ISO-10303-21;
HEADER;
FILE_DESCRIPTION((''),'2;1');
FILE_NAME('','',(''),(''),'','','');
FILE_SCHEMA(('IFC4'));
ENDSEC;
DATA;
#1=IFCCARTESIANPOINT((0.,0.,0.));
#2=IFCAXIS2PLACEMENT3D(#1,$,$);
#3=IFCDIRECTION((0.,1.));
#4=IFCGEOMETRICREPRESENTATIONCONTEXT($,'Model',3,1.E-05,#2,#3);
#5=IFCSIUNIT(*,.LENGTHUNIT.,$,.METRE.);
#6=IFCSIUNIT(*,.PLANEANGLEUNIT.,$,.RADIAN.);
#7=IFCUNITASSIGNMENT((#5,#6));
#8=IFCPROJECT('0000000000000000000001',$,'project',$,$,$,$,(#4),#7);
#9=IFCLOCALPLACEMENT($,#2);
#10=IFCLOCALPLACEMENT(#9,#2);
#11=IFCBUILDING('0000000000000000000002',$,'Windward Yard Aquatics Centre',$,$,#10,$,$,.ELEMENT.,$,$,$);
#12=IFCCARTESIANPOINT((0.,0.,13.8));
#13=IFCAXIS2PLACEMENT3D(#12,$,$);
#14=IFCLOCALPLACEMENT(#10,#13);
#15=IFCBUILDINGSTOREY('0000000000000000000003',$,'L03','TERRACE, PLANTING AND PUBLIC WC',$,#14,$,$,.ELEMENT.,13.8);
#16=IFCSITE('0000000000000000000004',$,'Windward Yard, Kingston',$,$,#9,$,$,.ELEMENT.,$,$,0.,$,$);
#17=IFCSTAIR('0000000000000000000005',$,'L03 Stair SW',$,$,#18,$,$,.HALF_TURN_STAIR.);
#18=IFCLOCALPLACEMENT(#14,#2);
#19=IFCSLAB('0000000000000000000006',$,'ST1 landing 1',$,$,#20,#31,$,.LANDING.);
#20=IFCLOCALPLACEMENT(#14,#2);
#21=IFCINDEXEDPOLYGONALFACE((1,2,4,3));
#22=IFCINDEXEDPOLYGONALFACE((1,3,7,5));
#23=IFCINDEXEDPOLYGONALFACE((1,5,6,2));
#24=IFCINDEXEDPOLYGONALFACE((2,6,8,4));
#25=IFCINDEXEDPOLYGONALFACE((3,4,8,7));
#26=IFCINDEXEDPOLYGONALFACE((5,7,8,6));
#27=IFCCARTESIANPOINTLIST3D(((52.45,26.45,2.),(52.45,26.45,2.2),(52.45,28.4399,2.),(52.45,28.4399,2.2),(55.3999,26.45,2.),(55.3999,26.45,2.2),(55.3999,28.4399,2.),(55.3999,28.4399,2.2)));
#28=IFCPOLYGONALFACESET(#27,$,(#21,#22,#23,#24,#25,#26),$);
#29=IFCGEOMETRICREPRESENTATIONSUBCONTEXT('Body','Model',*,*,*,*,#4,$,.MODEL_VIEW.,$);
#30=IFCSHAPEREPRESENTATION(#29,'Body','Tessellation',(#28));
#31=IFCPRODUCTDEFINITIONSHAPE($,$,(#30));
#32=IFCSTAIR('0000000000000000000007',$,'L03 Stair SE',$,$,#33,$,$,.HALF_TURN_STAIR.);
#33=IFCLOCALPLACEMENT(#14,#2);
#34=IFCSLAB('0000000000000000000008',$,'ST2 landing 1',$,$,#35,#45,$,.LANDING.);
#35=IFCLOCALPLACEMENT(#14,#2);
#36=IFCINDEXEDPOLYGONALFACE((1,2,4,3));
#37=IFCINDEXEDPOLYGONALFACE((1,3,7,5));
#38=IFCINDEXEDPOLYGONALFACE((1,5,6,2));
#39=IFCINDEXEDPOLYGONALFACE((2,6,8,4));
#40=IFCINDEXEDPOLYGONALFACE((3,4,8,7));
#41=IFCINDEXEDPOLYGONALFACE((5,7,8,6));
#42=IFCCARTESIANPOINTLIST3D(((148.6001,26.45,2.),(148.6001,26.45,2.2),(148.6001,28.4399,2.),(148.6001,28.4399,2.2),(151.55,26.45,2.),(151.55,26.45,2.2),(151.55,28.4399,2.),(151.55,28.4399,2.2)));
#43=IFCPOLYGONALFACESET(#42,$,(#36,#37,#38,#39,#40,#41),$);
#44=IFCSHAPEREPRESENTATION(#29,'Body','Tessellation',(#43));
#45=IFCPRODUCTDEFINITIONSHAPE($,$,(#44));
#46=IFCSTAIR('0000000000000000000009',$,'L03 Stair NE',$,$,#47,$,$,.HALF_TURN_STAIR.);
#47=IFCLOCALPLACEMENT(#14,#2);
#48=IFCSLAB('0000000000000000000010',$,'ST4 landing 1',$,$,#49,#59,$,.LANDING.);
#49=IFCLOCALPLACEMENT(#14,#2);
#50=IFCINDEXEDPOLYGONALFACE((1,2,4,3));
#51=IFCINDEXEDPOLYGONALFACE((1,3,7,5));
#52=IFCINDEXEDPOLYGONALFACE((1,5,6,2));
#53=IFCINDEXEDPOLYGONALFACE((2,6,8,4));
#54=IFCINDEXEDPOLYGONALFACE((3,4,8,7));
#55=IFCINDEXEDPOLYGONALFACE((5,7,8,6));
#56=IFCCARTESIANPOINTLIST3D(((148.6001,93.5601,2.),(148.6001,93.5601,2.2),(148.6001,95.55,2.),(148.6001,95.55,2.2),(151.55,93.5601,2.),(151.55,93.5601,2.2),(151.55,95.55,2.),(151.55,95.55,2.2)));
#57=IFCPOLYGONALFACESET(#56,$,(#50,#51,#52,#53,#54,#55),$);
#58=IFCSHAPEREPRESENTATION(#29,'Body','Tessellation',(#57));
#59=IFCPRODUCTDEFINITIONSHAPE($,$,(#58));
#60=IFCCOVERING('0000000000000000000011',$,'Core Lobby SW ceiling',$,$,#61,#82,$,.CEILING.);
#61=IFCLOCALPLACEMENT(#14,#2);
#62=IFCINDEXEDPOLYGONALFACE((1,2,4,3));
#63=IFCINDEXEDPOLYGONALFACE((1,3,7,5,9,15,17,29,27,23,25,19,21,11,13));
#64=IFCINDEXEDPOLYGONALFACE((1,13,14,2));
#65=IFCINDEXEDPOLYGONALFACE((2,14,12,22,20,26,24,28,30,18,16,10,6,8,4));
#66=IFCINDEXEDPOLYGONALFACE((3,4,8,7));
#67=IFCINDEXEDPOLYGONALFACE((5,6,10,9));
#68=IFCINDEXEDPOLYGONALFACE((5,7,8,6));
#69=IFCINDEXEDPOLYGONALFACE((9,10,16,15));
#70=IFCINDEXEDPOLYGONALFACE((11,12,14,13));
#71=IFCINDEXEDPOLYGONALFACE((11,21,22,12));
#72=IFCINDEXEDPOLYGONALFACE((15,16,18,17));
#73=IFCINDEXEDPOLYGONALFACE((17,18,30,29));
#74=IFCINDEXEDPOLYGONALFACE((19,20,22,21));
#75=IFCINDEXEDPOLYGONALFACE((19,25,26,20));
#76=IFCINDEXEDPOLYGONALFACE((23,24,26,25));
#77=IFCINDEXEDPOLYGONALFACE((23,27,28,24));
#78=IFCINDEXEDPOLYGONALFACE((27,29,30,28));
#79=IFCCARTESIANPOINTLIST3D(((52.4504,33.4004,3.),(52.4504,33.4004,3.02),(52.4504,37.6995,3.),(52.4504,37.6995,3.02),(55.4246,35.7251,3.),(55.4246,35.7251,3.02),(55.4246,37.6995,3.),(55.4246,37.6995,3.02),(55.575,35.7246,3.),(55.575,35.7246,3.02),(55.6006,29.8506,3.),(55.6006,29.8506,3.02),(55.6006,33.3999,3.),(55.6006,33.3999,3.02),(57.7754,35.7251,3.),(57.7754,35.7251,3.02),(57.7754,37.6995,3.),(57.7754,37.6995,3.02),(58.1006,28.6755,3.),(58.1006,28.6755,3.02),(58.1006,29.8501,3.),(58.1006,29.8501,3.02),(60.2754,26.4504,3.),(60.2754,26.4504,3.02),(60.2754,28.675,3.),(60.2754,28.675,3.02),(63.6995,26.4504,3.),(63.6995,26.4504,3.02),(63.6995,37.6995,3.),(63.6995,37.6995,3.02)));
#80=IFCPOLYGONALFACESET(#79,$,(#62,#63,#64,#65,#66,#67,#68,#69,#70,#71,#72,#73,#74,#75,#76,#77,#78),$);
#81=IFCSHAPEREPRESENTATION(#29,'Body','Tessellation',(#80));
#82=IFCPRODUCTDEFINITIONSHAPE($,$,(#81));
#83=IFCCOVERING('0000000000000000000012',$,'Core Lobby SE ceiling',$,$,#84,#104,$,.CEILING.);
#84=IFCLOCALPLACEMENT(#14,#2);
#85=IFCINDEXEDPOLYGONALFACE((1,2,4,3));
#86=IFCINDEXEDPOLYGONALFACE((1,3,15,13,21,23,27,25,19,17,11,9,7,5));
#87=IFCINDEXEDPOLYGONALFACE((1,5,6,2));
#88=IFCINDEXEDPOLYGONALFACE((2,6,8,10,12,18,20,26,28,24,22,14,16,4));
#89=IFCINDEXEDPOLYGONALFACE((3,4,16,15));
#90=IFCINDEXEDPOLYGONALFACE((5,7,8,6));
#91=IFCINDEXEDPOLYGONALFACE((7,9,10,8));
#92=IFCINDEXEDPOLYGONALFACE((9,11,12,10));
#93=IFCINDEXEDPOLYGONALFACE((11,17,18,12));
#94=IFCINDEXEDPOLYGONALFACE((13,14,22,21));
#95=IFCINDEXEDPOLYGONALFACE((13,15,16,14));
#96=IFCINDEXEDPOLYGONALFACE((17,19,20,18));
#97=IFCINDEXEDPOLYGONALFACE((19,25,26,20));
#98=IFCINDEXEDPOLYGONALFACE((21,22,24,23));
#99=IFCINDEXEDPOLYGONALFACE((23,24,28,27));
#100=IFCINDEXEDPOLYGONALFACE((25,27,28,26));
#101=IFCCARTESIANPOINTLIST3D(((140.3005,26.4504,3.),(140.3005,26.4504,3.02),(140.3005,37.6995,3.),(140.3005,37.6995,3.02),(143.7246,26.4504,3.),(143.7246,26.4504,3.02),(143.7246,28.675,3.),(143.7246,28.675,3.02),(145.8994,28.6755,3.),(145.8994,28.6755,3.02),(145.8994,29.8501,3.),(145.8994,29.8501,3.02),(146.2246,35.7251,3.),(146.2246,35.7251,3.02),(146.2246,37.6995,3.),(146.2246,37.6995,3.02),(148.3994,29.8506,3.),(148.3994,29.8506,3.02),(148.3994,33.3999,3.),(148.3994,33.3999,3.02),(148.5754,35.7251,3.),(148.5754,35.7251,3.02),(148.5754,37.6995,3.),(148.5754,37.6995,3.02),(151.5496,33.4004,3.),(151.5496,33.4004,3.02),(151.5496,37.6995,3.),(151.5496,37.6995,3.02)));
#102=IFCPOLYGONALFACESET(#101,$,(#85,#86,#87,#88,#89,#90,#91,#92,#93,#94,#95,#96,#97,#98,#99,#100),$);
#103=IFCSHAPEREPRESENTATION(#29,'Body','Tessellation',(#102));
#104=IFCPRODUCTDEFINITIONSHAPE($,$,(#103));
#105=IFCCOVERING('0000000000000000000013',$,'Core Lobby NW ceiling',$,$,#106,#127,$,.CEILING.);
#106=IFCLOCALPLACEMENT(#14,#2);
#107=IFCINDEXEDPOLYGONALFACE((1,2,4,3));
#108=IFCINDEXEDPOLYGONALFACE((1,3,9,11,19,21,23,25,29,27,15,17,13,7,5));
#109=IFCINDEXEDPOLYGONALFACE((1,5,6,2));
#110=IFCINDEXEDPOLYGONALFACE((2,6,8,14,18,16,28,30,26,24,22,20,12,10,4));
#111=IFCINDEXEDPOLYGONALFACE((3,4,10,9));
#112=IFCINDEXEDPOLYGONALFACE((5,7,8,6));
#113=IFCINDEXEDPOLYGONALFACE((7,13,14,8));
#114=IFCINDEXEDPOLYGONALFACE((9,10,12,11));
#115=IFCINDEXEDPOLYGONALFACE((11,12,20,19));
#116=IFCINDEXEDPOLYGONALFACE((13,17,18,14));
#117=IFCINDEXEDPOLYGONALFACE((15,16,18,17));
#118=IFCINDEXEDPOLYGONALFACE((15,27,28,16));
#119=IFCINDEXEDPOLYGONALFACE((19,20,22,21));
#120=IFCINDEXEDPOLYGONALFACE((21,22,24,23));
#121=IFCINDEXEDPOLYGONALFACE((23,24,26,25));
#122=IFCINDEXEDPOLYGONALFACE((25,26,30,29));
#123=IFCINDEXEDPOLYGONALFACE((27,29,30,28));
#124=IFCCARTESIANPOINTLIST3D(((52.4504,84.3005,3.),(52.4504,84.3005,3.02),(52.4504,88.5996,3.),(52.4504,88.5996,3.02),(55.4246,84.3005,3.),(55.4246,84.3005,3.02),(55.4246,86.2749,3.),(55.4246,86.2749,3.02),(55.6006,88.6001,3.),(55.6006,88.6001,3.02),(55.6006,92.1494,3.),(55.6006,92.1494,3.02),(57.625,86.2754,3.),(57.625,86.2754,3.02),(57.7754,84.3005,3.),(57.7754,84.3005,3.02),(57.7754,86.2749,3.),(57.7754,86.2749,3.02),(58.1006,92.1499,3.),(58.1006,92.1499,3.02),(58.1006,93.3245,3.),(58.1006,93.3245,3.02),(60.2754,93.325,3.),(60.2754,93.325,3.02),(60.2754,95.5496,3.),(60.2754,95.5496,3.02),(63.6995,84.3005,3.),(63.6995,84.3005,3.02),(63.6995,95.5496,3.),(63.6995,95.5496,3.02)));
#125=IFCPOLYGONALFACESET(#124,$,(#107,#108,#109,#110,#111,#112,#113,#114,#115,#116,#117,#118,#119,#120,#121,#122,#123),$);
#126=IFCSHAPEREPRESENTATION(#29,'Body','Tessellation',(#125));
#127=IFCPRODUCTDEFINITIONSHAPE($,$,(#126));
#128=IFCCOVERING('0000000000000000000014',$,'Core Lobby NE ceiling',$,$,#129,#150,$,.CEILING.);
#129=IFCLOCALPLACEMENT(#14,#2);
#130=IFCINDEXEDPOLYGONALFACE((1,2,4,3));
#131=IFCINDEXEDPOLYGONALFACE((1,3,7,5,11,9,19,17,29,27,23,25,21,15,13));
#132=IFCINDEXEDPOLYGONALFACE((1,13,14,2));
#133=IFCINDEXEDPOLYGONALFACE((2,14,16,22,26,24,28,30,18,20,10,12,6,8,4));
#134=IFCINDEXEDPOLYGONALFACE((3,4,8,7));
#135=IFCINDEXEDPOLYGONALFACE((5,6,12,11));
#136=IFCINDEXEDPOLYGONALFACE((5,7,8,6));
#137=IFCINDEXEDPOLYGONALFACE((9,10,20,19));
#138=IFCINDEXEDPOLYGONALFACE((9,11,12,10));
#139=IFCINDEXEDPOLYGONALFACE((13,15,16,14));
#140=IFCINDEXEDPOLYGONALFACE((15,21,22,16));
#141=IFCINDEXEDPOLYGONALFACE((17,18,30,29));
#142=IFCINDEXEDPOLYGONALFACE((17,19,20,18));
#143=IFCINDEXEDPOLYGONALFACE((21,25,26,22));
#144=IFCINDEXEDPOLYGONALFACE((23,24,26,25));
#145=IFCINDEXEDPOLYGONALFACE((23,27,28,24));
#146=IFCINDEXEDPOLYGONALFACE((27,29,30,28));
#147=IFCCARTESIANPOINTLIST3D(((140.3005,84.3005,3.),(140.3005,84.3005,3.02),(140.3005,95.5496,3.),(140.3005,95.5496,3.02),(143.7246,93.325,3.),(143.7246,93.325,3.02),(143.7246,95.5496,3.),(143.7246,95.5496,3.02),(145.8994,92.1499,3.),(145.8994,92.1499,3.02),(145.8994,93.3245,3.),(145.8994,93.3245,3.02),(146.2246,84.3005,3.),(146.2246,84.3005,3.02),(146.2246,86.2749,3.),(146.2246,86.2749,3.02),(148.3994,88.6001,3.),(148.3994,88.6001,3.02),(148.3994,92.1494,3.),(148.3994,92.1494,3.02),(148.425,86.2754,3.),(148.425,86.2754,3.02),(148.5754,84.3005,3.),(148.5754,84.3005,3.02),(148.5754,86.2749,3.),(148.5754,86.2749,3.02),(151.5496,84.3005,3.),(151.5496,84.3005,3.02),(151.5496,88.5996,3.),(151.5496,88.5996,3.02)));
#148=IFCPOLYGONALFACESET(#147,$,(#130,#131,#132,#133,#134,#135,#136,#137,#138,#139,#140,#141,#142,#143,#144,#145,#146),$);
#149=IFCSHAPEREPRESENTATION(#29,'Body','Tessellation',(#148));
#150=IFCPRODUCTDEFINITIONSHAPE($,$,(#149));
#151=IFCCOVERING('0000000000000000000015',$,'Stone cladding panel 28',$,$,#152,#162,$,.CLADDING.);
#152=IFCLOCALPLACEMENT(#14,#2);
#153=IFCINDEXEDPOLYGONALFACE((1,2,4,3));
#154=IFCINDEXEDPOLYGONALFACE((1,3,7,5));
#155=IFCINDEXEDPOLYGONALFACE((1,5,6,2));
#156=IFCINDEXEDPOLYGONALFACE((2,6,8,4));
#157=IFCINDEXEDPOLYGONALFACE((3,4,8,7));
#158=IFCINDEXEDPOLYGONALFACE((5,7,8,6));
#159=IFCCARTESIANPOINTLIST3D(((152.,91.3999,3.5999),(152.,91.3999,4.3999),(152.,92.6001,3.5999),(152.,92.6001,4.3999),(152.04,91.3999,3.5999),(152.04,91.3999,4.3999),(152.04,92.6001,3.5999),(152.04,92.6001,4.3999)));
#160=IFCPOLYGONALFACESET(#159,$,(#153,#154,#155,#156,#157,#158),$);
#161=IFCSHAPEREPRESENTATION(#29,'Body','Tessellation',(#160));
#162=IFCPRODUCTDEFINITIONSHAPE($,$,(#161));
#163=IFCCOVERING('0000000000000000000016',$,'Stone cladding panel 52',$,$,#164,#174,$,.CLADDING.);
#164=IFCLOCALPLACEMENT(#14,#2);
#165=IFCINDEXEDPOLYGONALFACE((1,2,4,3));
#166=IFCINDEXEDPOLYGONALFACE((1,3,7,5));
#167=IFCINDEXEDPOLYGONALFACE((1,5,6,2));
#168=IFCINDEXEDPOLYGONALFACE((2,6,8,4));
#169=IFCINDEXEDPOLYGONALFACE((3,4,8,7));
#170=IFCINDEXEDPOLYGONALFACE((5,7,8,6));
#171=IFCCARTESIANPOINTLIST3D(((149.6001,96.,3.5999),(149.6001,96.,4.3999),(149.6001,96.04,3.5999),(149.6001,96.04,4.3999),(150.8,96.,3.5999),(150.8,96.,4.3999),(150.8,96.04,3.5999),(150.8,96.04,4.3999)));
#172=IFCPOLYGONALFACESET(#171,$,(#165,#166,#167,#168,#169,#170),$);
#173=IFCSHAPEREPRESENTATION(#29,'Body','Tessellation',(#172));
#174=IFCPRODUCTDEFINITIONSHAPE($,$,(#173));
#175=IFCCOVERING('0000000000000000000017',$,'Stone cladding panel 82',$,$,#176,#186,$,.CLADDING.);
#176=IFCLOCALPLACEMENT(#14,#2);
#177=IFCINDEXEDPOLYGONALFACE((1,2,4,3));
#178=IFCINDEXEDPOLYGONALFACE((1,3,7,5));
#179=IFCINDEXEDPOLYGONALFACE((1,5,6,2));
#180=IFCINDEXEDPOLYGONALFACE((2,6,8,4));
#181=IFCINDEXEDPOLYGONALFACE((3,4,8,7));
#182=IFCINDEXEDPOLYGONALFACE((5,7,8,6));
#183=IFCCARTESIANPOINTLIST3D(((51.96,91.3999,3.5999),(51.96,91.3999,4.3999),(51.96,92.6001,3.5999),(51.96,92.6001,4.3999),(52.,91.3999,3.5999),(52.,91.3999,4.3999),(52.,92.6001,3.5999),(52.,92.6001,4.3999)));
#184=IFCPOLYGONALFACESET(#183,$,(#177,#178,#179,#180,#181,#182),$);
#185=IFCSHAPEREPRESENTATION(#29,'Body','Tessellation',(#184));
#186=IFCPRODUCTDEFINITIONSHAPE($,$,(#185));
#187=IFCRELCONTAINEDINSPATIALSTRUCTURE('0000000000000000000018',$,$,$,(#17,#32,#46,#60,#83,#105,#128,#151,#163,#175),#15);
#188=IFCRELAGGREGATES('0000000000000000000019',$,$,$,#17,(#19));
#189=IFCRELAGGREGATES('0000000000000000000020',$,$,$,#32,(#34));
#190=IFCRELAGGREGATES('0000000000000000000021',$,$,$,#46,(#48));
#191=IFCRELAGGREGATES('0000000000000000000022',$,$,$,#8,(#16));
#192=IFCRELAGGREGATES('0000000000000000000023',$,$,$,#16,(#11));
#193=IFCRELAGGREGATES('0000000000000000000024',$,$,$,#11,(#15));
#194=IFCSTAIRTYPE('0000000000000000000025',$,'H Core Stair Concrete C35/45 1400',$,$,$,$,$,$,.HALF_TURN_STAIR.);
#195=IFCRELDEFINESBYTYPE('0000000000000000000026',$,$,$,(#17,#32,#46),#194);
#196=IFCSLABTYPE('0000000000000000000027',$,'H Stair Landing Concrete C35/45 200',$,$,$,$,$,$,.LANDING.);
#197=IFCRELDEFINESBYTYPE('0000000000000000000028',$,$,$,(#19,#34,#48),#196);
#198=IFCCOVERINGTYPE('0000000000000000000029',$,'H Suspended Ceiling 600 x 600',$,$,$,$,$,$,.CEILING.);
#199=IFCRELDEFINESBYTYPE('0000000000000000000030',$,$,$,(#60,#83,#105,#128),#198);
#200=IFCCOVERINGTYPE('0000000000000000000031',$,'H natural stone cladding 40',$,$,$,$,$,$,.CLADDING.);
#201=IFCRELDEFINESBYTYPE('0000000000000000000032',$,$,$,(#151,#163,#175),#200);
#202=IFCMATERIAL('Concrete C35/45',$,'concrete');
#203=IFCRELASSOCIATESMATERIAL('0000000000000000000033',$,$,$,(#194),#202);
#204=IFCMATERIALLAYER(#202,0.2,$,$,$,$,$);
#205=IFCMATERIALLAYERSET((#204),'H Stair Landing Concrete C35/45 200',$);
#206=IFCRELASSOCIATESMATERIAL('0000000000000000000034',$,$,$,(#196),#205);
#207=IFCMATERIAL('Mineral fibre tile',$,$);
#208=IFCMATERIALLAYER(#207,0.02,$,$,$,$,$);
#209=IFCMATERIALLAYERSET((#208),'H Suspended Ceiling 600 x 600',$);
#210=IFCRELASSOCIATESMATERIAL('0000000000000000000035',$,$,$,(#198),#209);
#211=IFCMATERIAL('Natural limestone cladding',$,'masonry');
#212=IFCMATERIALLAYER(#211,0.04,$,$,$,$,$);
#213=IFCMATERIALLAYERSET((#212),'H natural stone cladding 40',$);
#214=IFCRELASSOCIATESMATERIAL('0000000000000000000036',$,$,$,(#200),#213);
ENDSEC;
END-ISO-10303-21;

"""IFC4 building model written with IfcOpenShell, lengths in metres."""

from ifc_helpers import new_model, si_unit, direction, frame, origin, place, context, subcontext, project, spatial, polyline, outline, extrude, material, layer, layer_set, type_object, element, aggregate, save


model = new_model("IFC4")

# Units and contexts
model_context = context("Model", 3, precision=1e-05, world=origin(), true_north=direction((0.0, 1.0)))
body_context = subcontext(model_context, "Body", "Model", "MODEL_VIEW")
ifc_project = project(units=[si_unit("LENGTHUNIT", "METRE"), si_unit("PLANEANGLEUNIT", "RADIAN")], contexts=[model_context])

# Site, building, storey
site_placement = place(None, origin())
site = spatial("IfcSite", under=ifc_project, at=site_placement, Name="Windward Yard, Kingston", CompositionType="ELEMENT", RefElevation=0.0)
building_placement = place(site_placement, origin())
building = spatial("IfcBuilding", under=site, at=building_placement, Name="Windward Yard Aquatics Centre", CompositionType="ELEMENT")
storey_placement = place(building_placement, frame((0.0, 0.0, 13.8)))
storey = spatial("IfcBuildingStorey", under=building, at=storey_placement, Name="L03", Description="TERRACE, PLANTING AND PUBLIC WC", CompositionType="ELEMENT", Elevation=13.8)

# Stairs, slabs
ifc_material_1 = material(Name="Concrete C35/45", Category="concrete")
stair_type = type_object("IfcStairType", Name="H Core Stair Concrete C35/45 1400", PredefinedType="HALF_TURN_STAIR", material=ifc_material_1)
stair_1_placement = place(storey_placement, origin())
stair_1 = element("IfcStair", 1, at=stair_1_placement, inside=storey, type_object=stair_type, Name="L03 Stair SW", PredefinedType="HALF_TURN_STAIR")
ifc_layer_1 = layer(ifc_material_1, 0.2)
ifc_layer_set_1 = layer_set([ifc_layer_1], Name="H Stair Landing Concrete C35/45 200")
slab_type = type_object("IfcSlabType", Name="H Stair Landing Concrete C35/45 200", PredefinedType="LANDING", material=ifc_layer_set_1)
slab_1_placement = place(storey_placement, frame((0.0, 0.0, 2.0)))
slab_1 = element("IfcSlab", 2, at=slab_1_placement, type_object=slab_type, Name="ST1 landing 1", PredefinedType="LANDING", context=body_context, shape_type="SweptSolid", body=[
    extrude(outline(polyline([(52.45, 26.45), (55.3999, 26.45), (55.3999, 28.4399), (52.45, 28.4399), (52.45, 26.45)])), origin(), (0.0, 0.0, 1.0), 0.2),
])
aggregate(stair_1, [slab_1])
stair_2_placement = place(storey_placement, origin())
stair_2 = element("IfcStair", 3, at=stair_2_placement, inside=storey, type_object=stair_type, Name="L03 Stair SE", PredefinedType="HALF_TURN_STAIR")
slab_2_placement = place(storey_placement, frame((0.0, 0.0, 2.0)))
slab_2 = element("IfcSlab", 4, at=slab_2_placement, type_object=slab_type, Name="ST2 landing 1", PredefinedType="LANDING", context=body_context, shape_type="SweptSolid", body=[
    extrude(outline(polyline([(148.6001, 26.45), (151.55, 26.45), (151.55, 28.4399), (148.6001, 28.4399), (148.6001, 26.45)])), origin(), (0.0, 0.0, 1.0), 0.2),
])
aggregate(stair_2, [slab_2])
stair_3_placement = place(storey_placement, origin())
stair_3 = element("IfcStair", 5, at=stair_3_placement, inside=storey, type_object=stair_type, Name="L03 Stair NE", PredefinedType="HALF_TURN_STAIR")
slab_3_placement = place(storey_placement, frame((0.0, 0.0, 2.0)))
slab_3 = element("IfcSlab", 6, at=slab_3_placement, type_object=slab_type, Name="ST4 landing 1", PredefinedType="LANDING", context=body_context, shape_type="SweptSolid", body=[
    extrude(outline(polyline([(148.6001, 93.5601), (151.55, 93.5601), (151.55, 95.55), (148.6001, 95.55), (148.6001, 93.5601)])), origin(), (0.0, 0.0, 1.0), 0.2),
])
aggregate(stair_3, [slab_3])

# Coverings
ifc_material_2 = material(Name="Mineral fibre tile")
ifc_layer_2 = layer(ifc_material_2, 0.02)
ifc_layer_set_2 = layer_set([ifc_layer_2], Name="H Suspended Ceiling 600 x 600")
covering_type_1 = type_object("IfcCoveringType", Name="H Suspended Ceiling 600 x 600", PredefinedType="CEILING", material=ifc_layer_set_2)
covering_1_placement = place(storey_placement, frame((0.0, 0.0, 3.0)))
element("IfcCovering", 7, at=covering_1_placement, inside=storey, type_object=covering_type_1, Name="Core Lobby SW ceiling", PredefinedType="CEILING", context=body_context, shape_type="SweptSolid", body=[
    extrude(outline(polyline([(52.4504, 33.4004), (52.4504, 37.6995), (55.4246, 37.6995), (55.4246, 35.7251), (55.575, 35.7246), (57.7754, 35.7251), (57.7754, 37.6995), (63.6995, 37.6995), (63.6995, 26.4504), (60.2754, 26.4504), (60.2754, 28.675), (58.1006, 28.6755), (58.1006, 29.8501), (55.6006, 29.8506), (55.6006, 33.3999), (52.4504, 33.4004)])), origin(), (0.0, 0.0, 1.0), 0.02),
])
covering_2_placement = place(storey_placement, frame((0.0, 0.0, 3.0)))
element("IfcCovering", 8, at=covering_2_placement, inside=storey, type_object=covering_type_1, Name="Core Lobby SE ceiling", PredefinedType="CEILING", context=body_context, shape_type="SweptSolid", body=[
    extrude(outline(polyline([(140.3005, 26.4504), (140.3005, 37.6995), (146.2246, 37.6995), (146.2246, 35.7251), (148.5754, 35.7251), (148.5754, 37.6995), (151.5496, 37.6995), (151.5496, 33.4004), (148.3994, 33.3999), (148.3994, 29.8506), (145.8994, 29.8501), (145.8994, 28.6755), (143.7246, 28.675), (143.7246, 26.4504), (140.3005, 26.4504)])), origin(), (0.0, 0.0, 1.0), 0.02),
])
covering_3_placement = place(storey_placement, frame((0.0, 0.0, 3.0)))
element("IfcCovering", 9, at=covering_3_placement, inside=storey, type_object=covering_type_1, Name="Core Lobby NW ceiling", PredefinedType="CEILING", context=body_context, shape_type="SweptSolid", body=[
    extrude(outline(polyline([(52.4504, 84.3005), (52.4504, 88.5996), (55.6006, 88.6001), (55.6006, 92.1494), (58.1006, 92.1499), (58.1006, 93.3245), (60.2754, 93.325), (60.2754, 95.5496), (63.6995, 95.5496), (63.6995, 84.3005), (57.7754, 84.3005), (57.7754, 86.2749), (57.625, 86.2754), (55.4246, 86.2749), (55.4246, 84.3005), (52.4504, 84.3005)])), origin(), (0.0, 0.0, 1.0), 0.02),
])
covering_4_placement = place(storey_placement, frame((0.0, 0.0, 3.0)))
element("IfcCovering", 10, at=covering_4_placement, inside=storey, type_object=covering_type_1, Name="Core Lobby NE ceiling", PredefinedType="CEILING", context=body_context, shape_type="SweptSolid", body=[
    extrude(outline(polyline([(140.3005, 84.3005), (140.3005, 95.5496), (143.7246, 95.5496), (143.7246, 93.325), (145.8994, 93.3245), (145.8994, 92.1499), (148.3994, 92.1494), (148.3994, 88.6001), (151.5496, 88.5996), (151.5496, 84.3005), (148.5754, 84.3005), (148.5754, 86.2749), (148.425, 86.2754), (146.2246, 86.2749), (146.2246, 84.3005), (140.3005, 84.3005)])), origin(), (0.0, 0.0, 1.0), 0.02),
])
ifc_material_3 = material(Name="Natural limestone cladding", Category="masonry")
ifc_layer_3 = layer(ifc_material_3, 0.04)
ifc_layer_set_3 = layer_set([ifc_layer_3], Name="H natural stone cladding 40")
covering_type_2 = type_object("IfcCoveringType", Name="H natural stone cladding 40", PredefinedType="CLADDING", material=ifc_layer_set_3)
covering_5_placement = place(storey_placement, frame((0.0, 0.0, 3.5999)))
element("IfcCovering", 11, at=covering_5_placement, inside=storey, type_object=covering_type_2, Name="Stone cladding panel 28", PredefinedType="CLADDING", context=body_context, shape_type="SweptSolid", body=[
    extrude(outline(polyline([(152.0, 91.3999), (152.04, 91.3999), (152.04, 92.6001), (152.0, 92.6001), (152.0, 91.3999)])), origin(), (0.0, 0.0, 1.0), 0.8),
])
covering_6_placement = place(storey_placement, frame((0.0, 0.0, 3.5999)))
element("IfcCovering", 12, at=covering_6_placement, inside=storey, type_object=covering_type_2, Name="Stone cladding panel 52", PredefinedType="CLADDING", context=body_context, shape_type="SweptSolid", body=[
    extrude(outline(polyline([(149.6001, 96.0), (149.6001, 96.04), (150.8, 96.04), (150.8, 96.0), (149.6001, 96.0)])), origin(), (0.0, 0.0, 1.0), 0.8),
])
covering_7_placement = place(storey_placement, frame((0.0, 0.0, 3.5999)))
element("IfcCovering", 13, at=covering_7_placement, inside=storey, type_object=covering_type_2, Name="Stone cladding panel 82", PredefinedType="CLADDING", context=body_context, shape_type="SweptSolid", body=[
    extrude(outline(polyline([(51.96, 91.3999), (51.96, 92.6001), (52.0, 92.6001), (52.0, 91.3999), (51.96, 91.3999)])), origin(), (0.0, 0.0, 1.0), 0.8),
])

save(model, "model.ifc")
